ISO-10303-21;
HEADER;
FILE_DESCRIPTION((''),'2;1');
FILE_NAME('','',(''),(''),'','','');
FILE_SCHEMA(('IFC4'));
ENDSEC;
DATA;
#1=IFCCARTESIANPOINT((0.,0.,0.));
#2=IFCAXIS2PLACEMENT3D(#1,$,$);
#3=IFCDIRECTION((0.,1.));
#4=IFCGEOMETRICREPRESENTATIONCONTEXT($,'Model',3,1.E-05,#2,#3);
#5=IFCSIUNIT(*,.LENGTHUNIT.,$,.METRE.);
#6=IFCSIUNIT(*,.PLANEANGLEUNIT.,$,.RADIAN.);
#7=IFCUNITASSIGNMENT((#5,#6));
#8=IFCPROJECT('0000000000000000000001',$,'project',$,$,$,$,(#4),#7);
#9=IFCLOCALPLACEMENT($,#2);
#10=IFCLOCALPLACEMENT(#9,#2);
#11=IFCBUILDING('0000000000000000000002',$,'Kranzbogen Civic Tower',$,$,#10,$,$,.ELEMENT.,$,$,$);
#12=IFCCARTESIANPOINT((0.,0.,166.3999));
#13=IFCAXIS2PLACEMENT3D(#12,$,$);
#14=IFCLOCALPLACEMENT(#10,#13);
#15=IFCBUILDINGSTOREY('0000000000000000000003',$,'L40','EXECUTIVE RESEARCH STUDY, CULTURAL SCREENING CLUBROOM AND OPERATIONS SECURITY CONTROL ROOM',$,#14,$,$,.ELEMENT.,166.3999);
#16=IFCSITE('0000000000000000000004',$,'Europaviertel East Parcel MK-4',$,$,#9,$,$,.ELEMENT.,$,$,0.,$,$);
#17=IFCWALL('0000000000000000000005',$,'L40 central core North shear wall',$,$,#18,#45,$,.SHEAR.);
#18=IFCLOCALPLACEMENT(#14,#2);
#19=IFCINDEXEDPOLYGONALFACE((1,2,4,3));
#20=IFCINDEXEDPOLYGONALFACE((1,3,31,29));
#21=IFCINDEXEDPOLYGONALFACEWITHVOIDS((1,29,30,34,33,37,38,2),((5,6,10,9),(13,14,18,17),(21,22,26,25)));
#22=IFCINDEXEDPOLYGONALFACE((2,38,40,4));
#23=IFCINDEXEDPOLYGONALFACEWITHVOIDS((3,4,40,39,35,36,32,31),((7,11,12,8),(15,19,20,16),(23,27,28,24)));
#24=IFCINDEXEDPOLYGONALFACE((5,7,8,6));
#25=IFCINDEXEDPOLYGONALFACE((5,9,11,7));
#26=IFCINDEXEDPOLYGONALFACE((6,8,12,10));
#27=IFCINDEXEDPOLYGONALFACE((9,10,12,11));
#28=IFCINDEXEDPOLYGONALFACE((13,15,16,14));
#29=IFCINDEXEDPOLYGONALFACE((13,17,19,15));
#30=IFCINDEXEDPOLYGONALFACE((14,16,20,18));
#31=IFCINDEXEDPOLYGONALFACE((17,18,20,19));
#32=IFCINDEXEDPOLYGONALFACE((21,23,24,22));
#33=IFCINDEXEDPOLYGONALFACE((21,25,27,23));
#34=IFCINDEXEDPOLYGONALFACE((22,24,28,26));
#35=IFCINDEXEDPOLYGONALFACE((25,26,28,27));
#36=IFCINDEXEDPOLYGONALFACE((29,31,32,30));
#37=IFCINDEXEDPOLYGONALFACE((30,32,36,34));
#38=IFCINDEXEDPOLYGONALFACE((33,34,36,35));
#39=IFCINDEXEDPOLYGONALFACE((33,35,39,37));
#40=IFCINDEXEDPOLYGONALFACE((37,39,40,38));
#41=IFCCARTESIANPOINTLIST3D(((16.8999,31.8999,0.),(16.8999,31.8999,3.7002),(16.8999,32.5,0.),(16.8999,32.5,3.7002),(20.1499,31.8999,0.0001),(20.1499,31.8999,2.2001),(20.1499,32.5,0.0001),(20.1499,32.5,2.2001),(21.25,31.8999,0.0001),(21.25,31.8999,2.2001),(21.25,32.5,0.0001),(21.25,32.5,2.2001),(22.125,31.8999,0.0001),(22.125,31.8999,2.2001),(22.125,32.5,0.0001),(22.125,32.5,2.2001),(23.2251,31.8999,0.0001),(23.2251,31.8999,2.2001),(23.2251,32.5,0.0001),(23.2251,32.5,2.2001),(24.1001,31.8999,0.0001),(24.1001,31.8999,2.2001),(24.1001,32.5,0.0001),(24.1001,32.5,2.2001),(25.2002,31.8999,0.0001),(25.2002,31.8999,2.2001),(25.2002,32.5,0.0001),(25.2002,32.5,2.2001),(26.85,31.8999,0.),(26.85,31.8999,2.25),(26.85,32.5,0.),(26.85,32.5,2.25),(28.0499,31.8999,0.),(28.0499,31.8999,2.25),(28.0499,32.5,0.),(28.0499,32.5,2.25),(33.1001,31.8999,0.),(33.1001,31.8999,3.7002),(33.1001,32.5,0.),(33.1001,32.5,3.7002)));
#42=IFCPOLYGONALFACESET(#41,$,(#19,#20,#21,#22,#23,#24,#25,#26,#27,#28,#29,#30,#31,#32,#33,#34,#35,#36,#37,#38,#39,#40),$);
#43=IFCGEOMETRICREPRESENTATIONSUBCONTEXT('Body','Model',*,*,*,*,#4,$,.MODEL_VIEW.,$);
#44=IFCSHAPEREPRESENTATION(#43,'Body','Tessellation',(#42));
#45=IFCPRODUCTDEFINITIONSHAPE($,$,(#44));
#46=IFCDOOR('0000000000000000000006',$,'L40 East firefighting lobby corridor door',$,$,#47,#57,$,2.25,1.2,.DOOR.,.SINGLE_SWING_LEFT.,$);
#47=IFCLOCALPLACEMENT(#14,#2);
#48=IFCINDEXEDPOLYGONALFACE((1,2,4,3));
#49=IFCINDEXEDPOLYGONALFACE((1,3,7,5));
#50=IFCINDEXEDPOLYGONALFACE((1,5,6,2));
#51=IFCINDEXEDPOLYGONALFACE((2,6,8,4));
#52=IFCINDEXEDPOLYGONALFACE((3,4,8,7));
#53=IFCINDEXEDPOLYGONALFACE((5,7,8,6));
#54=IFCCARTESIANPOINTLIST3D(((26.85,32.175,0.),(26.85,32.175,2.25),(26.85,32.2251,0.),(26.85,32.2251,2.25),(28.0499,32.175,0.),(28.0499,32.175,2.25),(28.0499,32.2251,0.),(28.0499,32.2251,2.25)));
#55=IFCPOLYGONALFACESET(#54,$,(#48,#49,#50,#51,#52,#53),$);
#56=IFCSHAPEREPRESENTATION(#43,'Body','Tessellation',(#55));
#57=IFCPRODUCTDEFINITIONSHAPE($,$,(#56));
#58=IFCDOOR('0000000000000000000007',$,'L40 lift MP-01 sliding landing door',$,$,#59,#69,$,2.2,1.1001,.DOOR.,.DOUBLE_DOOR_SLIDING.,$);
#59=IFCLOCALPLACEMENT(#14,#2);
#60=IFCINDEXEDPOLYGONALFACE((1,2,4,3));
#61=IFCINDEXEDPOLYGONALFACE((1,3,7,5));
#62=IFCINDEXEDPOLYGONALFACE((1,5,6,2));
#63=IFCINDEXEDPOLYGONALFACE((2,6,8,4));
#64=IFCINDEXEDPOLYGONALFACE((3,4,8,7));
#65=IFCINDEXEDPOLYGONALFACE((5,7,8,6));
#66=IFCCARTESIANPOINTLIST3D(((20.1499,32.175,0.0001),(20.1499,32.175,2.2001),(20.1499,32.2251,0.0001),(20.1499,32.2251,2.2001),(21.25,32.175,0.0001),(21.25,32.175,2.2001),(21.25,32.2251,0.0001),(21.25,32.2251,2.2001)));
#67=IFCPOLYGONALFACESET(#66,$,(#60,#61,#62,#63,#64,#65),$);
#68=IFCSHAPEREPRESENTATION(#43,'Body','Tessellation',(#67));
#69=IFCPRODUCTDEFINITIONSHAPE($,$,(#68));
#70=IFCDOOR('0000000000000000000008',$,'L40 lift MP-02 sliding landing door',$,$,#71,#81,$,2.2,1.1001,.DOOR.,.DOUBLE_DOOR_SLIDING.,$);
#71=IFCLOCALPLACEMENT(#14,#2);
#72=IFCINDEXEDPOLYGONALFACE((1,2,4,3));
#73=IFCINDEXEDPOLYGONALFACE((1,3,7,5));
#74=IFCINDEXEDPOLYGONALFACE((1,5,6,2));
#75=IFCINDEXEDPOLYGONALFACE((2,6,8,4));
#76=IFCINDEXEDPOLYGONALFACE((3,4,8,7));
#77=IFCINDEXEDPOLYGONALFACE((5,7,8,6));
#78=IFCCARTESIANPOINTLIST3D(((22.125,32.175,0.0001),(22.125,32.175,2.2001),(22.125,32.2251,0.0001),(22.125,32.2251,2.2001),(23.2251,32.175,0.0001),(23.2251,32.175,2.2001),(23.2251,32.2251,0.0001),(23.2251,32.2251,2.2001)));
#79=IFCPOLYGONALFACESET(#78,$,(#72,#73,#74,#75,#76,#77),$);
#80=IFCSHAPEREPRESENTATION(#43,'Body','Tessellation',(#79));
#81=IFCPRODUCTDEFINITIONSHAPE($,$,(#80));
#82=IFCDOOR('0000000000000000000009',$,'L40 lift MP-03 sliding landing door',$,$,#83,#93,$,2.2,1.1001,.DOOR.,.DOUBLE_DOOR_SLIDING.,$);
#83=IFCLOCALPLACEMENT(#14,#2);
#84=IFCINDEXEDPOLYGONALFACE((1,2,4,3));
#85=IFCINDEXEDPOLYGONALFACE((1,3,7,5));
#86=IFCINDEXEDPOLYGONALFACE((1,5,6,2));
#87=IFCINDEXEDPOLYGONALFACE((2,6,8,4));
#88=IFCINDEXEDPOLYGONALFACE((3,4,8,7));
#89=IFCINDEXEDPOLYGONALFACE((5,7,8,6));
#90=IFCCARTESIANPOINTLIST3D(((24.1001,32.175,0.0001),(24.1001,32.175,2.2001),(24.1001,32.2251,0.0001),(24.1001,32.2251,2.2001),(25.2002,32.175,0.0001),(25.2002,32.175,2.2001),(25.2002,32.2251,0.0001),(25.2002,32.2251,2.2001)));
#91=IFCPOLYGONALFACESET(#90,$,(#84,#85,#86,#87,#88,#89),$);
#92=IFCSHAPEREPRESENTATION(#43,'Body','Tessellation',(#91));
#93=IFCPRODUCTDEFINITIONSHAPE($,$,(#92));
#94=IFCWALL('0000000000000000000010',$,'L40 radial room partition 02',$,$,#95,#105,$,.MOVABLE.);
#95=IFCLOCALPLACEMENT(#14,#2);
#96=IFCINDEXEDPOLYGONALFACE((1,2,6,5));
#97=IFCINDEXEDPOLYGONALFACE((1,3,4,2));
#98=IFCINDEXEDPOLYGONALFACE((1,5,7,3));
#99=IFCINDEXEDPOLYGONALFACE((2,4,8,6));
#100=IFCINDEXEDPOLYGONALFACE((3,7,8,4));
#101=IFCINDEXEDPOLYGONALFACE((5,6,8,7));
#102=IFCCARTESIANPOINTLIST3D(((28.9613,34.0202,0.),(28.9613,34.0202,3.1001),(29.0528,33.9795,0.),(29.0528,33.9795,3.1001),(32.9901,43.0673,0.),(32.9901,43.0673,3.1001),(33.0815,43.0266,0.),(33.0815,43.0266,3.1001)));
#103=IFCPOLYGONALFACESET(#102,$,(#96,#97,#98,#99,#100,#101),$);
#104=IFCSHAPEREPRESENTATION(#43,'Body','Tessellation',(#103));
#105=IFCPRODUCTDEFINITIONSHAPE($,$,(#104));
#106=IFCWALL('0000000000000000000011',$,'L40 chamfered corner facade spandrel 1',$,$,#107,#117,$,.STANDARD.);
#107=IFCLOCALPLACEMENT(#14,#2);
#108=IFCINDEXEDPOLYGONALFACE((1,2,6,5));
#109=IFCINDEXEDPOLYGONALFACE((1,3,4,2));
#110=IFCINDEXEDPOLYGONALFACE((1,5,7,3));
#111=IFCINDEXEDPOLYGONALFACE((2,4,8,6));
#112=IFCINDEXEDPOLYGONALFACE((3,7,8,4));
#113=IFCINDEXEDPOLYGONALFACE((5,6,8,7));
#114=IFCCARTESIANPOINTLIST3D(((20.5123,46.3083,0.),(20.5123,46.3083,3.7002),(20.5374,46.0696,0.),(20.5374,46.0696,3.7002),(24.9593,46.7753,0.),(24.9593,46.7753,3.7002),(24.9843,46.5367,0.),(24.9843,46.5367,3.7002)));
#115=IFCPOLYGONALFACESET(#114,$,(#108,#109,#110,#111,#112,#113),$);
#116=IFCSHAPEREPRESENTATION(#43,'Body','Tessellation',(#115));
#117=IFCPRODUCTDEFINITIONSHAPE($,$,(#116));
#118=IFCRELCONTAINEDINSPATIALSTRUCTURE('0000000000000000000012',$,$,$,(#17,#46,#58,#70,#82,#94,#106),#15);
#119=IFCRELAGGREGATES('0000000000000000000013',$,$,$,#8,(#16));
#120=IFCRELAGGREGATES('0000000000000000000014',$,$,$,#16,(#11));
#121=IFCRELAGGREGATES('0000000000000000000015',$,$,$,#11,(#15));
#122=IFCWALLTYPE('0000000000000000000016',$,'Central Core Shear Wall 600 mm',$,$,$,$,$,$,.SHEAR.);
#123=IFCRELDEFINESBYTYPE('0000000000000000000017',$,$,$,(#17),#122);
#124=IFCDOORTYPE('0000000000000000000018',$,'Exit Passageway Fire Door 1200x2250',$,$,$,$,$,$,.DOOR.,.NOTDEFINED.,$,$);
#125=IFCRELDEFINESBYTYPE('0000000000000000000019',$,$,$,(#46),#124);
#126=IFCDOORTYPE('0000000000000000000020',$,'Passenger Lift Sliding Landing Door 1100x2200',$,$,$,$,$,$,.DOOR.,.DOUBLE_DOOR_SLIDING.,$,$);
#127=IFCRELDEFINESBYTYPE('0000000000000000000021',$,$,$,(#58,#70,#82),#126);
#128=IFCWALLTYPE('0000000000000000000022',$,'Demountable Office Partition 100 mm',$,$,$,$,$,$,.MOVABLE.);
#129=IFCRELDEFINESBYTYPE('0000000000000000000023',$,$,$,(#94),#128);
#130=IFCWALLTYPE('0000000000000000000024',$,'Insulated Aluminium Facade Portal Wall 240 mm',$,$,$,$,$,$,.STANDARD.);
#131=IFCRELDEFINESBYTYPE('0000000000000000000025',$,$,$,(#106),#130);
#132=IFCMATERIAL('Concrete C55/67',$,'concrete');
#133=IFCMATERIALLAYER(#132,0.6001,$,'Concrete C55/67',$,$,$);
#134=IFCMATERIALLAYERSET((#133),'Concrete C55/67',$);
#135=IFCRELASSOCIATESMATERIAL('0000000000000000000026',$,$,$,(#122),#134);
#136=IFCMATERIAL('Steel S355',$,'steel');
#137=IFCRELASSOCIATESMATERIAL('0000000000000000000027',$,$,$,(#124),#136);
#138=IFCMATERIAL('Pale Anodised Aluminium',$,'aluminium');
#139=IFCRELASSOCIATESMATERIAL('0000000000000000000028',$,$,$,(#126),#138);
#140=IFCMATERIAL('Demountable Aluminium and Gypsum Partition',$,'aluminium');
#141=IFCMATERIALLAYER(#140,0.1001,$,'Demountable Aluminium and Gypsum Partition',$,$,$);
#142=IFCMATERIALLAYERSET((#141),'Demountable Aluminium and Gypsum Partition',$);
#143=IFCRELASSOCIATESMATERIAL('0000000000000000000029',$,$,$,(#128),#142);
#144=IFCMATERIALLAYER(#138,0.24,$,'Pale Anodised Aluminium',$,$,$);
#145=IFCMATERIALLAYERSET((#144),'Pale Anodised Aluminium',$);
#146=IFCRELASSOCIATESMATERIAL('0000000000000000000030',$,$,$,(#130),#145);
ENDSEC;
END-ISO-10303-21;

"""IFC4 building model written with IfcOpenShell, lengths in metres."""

from ifc_helpers import new_model, si_unit, direction, frame, frame_2d, origin, place, context, subcontext, project, spatial, rectangle, extrude, material, layer, layer_set, type_object, element, fill, save


model = new_model("IFC4")

# Units and contexts
model_context = context("Model", 3, precision=1e-05, world=origin(), true_north=direction((0.0, 1.0)))
body_context = subcontext(model_context, "Body", "Model", "MODEL_VIEW")
ifc_project = project(units=[si_unit("LENGTHUNIT", "METRE"), si_unit("PLANEANGLEUNIT", "RADIAN")], contexts=[model_context])

# Site, building, storey
site_placement = place(None, origin())
site = spatial("IfcSite", under=ifc_project, at=site_placement, Name="Europaviertel East Parcel MK-4", CompositionType="ELEMENT", RefElevation=0.0)
building_placement = place(site_placement, origin())
building = spatial("IfcBuilding", under=site, at=building_placement, Name="Kranzbogen Civic Tower", CompositionType="ELEMENT")
storey_placement = place(building_placement, frame((0.0, 0.0, 166.3999)))
storey = spatial("IfcBuildingStorey", under=building, at=storey_placement, Name="L40", Description="EXECUTIVE RESEARCH STUDY, CULTURAL SCREENING CLUBROOM AND OPERATIONS SECURITY CONTROL ROOM", CompositionType="ELEMENT", Elevation=166.3999)

# Shared definitions
ifc_material_1 = material(Name="Steel S355", Category="steel")

# Shared definitions
ifc_material_2 = material(Name="Pale Anodised Aluminium", Category="aluminium")

# Wall, openings, doors
ifc_material_3 = material(Name="Concrete C55/67", Category="concrete")
ifc_layer_1 = layer(ifc_material_3, 0.6001, Name="Concrete C55/67")
ifc_layer_set_1 = layer_set([ifc_layer_1], Name="Concrete C55/67")
wall_type_1 = type_object("IfcWallType", Name="Central Core Shear Wall 600 mm", PredefinedType="SHEAR", material=ifc_layer_set_1)
wall_1_placement = place(storey_placement, frame((33.1001, 32.2, 0.0), z_axis=(0.0, 0.0, 1.0), x_axis=(-1.0, 0.0, 0.0)))
wall_1 = element("IfcWall", 1, at=wall_1_placement, inside=storey, type_object=wall_type_1, Name="L40 central core North shear wall", PredefinedType="SHEAR", context=body_context, shape_type="SweptSolid", body=[
    extrude(rectangle(XDim=16.2002, YDim=0.6001, at=frame_2d((8.1001, 0.0))), origin(), (0.0, 0.0, 1.0), 3.7002),
])
opening_1_placement = place(wall_1_placement, frame((5.05, 0.0, 0.0)))
opening_1 = element("IfcOpeningElement", 2, at=opening_1_placement, cuts=wall_1, PredefinedType="OPENING", context=body_context, shape_type="SweptSolid", body=[
    extrude(rectangle(XDim=1.2, YDim=2.25, at=frame_2d((0.6001, 1.125))), frame((0.0, 0.3101, 0.0), z_axis=(0.0, -1.0, 0.0), x_axis=(1.0, 0.0, 0.0)), (0.0, 0.0, 1.0), 0.6201),
])
opening_2_placement = place(wall_1_placement, frame((11.8501, 0.0, 0.0)))
opening_2 = element("IfcOpeningElement", 3, at=opening_2_placement, cuts=wall_1, PredefinedType="OPENING", context=body_context, shape_type="SweptSolid", body=[
    extrude(rectangle(XDim=1.1001, YDim=2.2, at=frame_2d((0.55, 1.1001))), frame((0.0, 0.3101, 0.0), z_axis=(0.0, -1.0, 0.0), x_axis=(1.0, 0.0, 0.0)), (0.0, 0.0, 1.0), 0.6201),
])
opening_3_placement = place(wall_1_placement, frame((9.875, 0.0, 0.0)))
opening_3 = element("IfcOpeningElement", 4, at=opening_3_placement, cuts=wall_1, PredefinedType="OPENING", context=body_context, shape_type="SweptSolid", body=[
    extrude(rectangle(XDim=1.1001, YDim=2.2, at=frame_2d((0.55, 1.1001))), frame((0.0, 0.3101, 0.0), z_axis=(0.0, -1.0, 0.0), x_axis=(1.0, 0.0, 0.0)), (0.0, 0.0, 1.0), 0.6201),
])
opening_4_placement = place(wall_1_placement, frame((7.8999, 0.0, 0.0)))
opening_4 = element("IfcOpeningElement", 5, at=opening_4_placement, cuts=wall_1, PredefinedType="OPENING", context=body_context, shape_type="SweptSolid", body=[
    extrude(rectangle(XDim=1.1001, YDim=2.2, at=frame_2d((0.55, 1.1001))), frame((0.0, 0.3101, 0.0), z_axis=(0.0, -1.0, 0.0), x_axis=(1.0, 0.0, 0.0)), (0.0, 0.0, 1.0), 0.6201),
])
door_type_1 = type_object("IfcDoorType", Name="Exit Passageway Fire Door 1200x2250", OperationType="NOTDEFINED", PredefinedType="DOOR", material=ifc_material_1)
door_1_placement = place(opening_1_placement, origin())
door_1 = element("IfcDoor", 6, at=door_1_placement, inside=storey, type_object=door_type_1, Name="L40 East firefighting lobby corridor door", OperationType="SINGLE_SWING_LEFT", OverallHeight=2.25, OverallWidth=1.2, PredefinedType="DOOR", context=body_context, shape_type="SweptSolid", body=[
    extrude(rectangle(XDim=1.2, YDim=2.25, at=frame_2d((0.6001, 1.125))), frame((0.0, 0.0249, 0.0), z_axis=(0.0, -1.0, 0.0), x_axis=(1.0, 0.0, 0.0)), (0.0, 0.0, 1.0), 0.05),
])
fill(opening_1, door_1)
door_type_2 = type_object("IfcDoorType", Name="Passenger Lift Sliding Landing Door 1100x2200", OperationType="DOUBLE_DOOR_SLIDING", PredefinedType="DOOR", material=ifc_material_2)
door_2_placement = place(opening_2_placement, origin())
door_2 = element("IfcDoor", 7, at=door_2_placement, inside=storey, type_object=door_type_2, Name="L40 lift MP-01 sliding landing door", OperationType="DOUBLE_DOOR_SLIDING", OverallHeight=2.2, OverallWidth=1.1001, PredefinedType="DOOR", context=body_context, shape_type="SweptSolid", body=[
    extrude(rectangle(XDim=1.1001, YDim=2.2, at=frame_2d((0.55, 1.1001))), frame((0.0, 0.0249, 0.0), z_axis=(0.0, -1.0, 0.0), x_axis=(1.0, 0.0, 0.0)), (0.0, 0.0, 1.0), 0.05),
])
fill(opening_2, door_2)
door_3_placement = place(opening_3_placement, origin())
door_3 = element("IfcDoor", 8, at=door_3_placement, inside=storey, type_object=door_type_2, Name="L40 lift MP-02 sliding landing door", OperationType="DOUBLE_DOOR_SLIDING", OverallHeight=2.2, OverallWidth=1.1001, PredefinedType="DOOR", context=body_context, shape_type="SweptSolid", body=[
    extrude(rectangle(XDim=1.1001, YDim=2.2, at=frame_2d((0.55, 1.1001))), frame((0.0, 0.0249, 0.0), z_axis=(0.0, -1.0, 0.0), x_axis=(1.0, 0.0, 0.0)), (0.0, 0.0, 1.0), 0.05),
])
fill(opening_3, door_3)
door_4_placement = place(opening_4_placement, origin())
door_4 = element("IfcDoor", 9, at=door_4_placement, inside=storey, type_object=door_type_2, Name="L40 lift MP-03 sliding landing door", OperationType="DOUBLE_DOOR_SLIDING", OverallHeight=2.2, OverallWidth=1.1001, PredefinedType="DOOR", context=body_context, shape_type="SweptSolid", body=[
    extrude(rectangle(XDim=1.1001, YDim=2.2, at=frame_2d((0.55, 1.1001))), frame((0.0, 0.0249, 0.0), z_axis=(0.0, -1.0, 0.0), x_axis=(1.0, 0.0, 0.0)), (0.0, 0.0, 1.0), 0.05),
])
fill(opening_4, door_4)

# Walls
ifc_material_4 = material(Name="Demountable Aluminium and Gypsum Partition", Category="aluminium")
ifc_layer_2 = layer(ifc_material_4, 0.1001, Name="Demountable Aluminium and Gypsum Partition")
ifc_layer_set_2 = layer_set([ifc_layer_2], Name="Demountable Aluminium and Gypsum Partition")
wall_type_2 = type_object("IfcWallType", Name="Demountable Office Partition 100 mm", PredefinedType="MOVABLE", material=ifc_layer_set_2)
wall_2_placement = place(storey_placement, frame((29.0071, 34.0, 0.0), z_axis=(0.0, 0.0, 1.0), x_axis=(0.406802, 0.913517, 0.0)))
element("IfcWall", 10, at=wall_2_placement, inside=storey, type_object=wall_type_2, Name="L40 radial room partition 02", PredefinedType="MOVABLE", context=body_context, shape_type="SweptSolid", body=[
    extrude(rectangle(XDim=9.9036, YDim=0.1001, at=frame_2d((4.9517, 0.0))), origin(), (0.0, 0.0, 1.0), 3.1001),
])
ifc_layer_3 = layer(ifc_material_2, 0.24, Name="Pale Anodised Aluminium")
ifc_layer_set_3 = layer_set([ifc_layer_3], Name="Pale Anodised Aluminium")
wall_type_3 = type_object("IfcWallType", Name="Insulated Aluminium Facade Portal Wall 240 mm", PredefinedType="STANDARD", material=ifc_layer_set_3)
wall_3_placement = place(storey_placement, frame((24.9719, 46.656, 0.0), z_axis=(0.0, 0.0, 1.0), x_axis=(-0.99453, -0.104449, 0.0)))
element("IfcWall", 11, at=wall_3_placement, inside=storey, type_object=wall_type_3, Name="L40 chamfered corner facade spandrel 1", PredefinedType="STANDARD", context=body_context, shape_type="SweptSolid", body=[
    extrude(rectangle(XDim=4.4714, YDim=0.24, at=frame_2d((2.2358, 0.0))), origin(), (0.0, 0.0, 1.0), 3.7002),
])

save(model, "model.ifc")
